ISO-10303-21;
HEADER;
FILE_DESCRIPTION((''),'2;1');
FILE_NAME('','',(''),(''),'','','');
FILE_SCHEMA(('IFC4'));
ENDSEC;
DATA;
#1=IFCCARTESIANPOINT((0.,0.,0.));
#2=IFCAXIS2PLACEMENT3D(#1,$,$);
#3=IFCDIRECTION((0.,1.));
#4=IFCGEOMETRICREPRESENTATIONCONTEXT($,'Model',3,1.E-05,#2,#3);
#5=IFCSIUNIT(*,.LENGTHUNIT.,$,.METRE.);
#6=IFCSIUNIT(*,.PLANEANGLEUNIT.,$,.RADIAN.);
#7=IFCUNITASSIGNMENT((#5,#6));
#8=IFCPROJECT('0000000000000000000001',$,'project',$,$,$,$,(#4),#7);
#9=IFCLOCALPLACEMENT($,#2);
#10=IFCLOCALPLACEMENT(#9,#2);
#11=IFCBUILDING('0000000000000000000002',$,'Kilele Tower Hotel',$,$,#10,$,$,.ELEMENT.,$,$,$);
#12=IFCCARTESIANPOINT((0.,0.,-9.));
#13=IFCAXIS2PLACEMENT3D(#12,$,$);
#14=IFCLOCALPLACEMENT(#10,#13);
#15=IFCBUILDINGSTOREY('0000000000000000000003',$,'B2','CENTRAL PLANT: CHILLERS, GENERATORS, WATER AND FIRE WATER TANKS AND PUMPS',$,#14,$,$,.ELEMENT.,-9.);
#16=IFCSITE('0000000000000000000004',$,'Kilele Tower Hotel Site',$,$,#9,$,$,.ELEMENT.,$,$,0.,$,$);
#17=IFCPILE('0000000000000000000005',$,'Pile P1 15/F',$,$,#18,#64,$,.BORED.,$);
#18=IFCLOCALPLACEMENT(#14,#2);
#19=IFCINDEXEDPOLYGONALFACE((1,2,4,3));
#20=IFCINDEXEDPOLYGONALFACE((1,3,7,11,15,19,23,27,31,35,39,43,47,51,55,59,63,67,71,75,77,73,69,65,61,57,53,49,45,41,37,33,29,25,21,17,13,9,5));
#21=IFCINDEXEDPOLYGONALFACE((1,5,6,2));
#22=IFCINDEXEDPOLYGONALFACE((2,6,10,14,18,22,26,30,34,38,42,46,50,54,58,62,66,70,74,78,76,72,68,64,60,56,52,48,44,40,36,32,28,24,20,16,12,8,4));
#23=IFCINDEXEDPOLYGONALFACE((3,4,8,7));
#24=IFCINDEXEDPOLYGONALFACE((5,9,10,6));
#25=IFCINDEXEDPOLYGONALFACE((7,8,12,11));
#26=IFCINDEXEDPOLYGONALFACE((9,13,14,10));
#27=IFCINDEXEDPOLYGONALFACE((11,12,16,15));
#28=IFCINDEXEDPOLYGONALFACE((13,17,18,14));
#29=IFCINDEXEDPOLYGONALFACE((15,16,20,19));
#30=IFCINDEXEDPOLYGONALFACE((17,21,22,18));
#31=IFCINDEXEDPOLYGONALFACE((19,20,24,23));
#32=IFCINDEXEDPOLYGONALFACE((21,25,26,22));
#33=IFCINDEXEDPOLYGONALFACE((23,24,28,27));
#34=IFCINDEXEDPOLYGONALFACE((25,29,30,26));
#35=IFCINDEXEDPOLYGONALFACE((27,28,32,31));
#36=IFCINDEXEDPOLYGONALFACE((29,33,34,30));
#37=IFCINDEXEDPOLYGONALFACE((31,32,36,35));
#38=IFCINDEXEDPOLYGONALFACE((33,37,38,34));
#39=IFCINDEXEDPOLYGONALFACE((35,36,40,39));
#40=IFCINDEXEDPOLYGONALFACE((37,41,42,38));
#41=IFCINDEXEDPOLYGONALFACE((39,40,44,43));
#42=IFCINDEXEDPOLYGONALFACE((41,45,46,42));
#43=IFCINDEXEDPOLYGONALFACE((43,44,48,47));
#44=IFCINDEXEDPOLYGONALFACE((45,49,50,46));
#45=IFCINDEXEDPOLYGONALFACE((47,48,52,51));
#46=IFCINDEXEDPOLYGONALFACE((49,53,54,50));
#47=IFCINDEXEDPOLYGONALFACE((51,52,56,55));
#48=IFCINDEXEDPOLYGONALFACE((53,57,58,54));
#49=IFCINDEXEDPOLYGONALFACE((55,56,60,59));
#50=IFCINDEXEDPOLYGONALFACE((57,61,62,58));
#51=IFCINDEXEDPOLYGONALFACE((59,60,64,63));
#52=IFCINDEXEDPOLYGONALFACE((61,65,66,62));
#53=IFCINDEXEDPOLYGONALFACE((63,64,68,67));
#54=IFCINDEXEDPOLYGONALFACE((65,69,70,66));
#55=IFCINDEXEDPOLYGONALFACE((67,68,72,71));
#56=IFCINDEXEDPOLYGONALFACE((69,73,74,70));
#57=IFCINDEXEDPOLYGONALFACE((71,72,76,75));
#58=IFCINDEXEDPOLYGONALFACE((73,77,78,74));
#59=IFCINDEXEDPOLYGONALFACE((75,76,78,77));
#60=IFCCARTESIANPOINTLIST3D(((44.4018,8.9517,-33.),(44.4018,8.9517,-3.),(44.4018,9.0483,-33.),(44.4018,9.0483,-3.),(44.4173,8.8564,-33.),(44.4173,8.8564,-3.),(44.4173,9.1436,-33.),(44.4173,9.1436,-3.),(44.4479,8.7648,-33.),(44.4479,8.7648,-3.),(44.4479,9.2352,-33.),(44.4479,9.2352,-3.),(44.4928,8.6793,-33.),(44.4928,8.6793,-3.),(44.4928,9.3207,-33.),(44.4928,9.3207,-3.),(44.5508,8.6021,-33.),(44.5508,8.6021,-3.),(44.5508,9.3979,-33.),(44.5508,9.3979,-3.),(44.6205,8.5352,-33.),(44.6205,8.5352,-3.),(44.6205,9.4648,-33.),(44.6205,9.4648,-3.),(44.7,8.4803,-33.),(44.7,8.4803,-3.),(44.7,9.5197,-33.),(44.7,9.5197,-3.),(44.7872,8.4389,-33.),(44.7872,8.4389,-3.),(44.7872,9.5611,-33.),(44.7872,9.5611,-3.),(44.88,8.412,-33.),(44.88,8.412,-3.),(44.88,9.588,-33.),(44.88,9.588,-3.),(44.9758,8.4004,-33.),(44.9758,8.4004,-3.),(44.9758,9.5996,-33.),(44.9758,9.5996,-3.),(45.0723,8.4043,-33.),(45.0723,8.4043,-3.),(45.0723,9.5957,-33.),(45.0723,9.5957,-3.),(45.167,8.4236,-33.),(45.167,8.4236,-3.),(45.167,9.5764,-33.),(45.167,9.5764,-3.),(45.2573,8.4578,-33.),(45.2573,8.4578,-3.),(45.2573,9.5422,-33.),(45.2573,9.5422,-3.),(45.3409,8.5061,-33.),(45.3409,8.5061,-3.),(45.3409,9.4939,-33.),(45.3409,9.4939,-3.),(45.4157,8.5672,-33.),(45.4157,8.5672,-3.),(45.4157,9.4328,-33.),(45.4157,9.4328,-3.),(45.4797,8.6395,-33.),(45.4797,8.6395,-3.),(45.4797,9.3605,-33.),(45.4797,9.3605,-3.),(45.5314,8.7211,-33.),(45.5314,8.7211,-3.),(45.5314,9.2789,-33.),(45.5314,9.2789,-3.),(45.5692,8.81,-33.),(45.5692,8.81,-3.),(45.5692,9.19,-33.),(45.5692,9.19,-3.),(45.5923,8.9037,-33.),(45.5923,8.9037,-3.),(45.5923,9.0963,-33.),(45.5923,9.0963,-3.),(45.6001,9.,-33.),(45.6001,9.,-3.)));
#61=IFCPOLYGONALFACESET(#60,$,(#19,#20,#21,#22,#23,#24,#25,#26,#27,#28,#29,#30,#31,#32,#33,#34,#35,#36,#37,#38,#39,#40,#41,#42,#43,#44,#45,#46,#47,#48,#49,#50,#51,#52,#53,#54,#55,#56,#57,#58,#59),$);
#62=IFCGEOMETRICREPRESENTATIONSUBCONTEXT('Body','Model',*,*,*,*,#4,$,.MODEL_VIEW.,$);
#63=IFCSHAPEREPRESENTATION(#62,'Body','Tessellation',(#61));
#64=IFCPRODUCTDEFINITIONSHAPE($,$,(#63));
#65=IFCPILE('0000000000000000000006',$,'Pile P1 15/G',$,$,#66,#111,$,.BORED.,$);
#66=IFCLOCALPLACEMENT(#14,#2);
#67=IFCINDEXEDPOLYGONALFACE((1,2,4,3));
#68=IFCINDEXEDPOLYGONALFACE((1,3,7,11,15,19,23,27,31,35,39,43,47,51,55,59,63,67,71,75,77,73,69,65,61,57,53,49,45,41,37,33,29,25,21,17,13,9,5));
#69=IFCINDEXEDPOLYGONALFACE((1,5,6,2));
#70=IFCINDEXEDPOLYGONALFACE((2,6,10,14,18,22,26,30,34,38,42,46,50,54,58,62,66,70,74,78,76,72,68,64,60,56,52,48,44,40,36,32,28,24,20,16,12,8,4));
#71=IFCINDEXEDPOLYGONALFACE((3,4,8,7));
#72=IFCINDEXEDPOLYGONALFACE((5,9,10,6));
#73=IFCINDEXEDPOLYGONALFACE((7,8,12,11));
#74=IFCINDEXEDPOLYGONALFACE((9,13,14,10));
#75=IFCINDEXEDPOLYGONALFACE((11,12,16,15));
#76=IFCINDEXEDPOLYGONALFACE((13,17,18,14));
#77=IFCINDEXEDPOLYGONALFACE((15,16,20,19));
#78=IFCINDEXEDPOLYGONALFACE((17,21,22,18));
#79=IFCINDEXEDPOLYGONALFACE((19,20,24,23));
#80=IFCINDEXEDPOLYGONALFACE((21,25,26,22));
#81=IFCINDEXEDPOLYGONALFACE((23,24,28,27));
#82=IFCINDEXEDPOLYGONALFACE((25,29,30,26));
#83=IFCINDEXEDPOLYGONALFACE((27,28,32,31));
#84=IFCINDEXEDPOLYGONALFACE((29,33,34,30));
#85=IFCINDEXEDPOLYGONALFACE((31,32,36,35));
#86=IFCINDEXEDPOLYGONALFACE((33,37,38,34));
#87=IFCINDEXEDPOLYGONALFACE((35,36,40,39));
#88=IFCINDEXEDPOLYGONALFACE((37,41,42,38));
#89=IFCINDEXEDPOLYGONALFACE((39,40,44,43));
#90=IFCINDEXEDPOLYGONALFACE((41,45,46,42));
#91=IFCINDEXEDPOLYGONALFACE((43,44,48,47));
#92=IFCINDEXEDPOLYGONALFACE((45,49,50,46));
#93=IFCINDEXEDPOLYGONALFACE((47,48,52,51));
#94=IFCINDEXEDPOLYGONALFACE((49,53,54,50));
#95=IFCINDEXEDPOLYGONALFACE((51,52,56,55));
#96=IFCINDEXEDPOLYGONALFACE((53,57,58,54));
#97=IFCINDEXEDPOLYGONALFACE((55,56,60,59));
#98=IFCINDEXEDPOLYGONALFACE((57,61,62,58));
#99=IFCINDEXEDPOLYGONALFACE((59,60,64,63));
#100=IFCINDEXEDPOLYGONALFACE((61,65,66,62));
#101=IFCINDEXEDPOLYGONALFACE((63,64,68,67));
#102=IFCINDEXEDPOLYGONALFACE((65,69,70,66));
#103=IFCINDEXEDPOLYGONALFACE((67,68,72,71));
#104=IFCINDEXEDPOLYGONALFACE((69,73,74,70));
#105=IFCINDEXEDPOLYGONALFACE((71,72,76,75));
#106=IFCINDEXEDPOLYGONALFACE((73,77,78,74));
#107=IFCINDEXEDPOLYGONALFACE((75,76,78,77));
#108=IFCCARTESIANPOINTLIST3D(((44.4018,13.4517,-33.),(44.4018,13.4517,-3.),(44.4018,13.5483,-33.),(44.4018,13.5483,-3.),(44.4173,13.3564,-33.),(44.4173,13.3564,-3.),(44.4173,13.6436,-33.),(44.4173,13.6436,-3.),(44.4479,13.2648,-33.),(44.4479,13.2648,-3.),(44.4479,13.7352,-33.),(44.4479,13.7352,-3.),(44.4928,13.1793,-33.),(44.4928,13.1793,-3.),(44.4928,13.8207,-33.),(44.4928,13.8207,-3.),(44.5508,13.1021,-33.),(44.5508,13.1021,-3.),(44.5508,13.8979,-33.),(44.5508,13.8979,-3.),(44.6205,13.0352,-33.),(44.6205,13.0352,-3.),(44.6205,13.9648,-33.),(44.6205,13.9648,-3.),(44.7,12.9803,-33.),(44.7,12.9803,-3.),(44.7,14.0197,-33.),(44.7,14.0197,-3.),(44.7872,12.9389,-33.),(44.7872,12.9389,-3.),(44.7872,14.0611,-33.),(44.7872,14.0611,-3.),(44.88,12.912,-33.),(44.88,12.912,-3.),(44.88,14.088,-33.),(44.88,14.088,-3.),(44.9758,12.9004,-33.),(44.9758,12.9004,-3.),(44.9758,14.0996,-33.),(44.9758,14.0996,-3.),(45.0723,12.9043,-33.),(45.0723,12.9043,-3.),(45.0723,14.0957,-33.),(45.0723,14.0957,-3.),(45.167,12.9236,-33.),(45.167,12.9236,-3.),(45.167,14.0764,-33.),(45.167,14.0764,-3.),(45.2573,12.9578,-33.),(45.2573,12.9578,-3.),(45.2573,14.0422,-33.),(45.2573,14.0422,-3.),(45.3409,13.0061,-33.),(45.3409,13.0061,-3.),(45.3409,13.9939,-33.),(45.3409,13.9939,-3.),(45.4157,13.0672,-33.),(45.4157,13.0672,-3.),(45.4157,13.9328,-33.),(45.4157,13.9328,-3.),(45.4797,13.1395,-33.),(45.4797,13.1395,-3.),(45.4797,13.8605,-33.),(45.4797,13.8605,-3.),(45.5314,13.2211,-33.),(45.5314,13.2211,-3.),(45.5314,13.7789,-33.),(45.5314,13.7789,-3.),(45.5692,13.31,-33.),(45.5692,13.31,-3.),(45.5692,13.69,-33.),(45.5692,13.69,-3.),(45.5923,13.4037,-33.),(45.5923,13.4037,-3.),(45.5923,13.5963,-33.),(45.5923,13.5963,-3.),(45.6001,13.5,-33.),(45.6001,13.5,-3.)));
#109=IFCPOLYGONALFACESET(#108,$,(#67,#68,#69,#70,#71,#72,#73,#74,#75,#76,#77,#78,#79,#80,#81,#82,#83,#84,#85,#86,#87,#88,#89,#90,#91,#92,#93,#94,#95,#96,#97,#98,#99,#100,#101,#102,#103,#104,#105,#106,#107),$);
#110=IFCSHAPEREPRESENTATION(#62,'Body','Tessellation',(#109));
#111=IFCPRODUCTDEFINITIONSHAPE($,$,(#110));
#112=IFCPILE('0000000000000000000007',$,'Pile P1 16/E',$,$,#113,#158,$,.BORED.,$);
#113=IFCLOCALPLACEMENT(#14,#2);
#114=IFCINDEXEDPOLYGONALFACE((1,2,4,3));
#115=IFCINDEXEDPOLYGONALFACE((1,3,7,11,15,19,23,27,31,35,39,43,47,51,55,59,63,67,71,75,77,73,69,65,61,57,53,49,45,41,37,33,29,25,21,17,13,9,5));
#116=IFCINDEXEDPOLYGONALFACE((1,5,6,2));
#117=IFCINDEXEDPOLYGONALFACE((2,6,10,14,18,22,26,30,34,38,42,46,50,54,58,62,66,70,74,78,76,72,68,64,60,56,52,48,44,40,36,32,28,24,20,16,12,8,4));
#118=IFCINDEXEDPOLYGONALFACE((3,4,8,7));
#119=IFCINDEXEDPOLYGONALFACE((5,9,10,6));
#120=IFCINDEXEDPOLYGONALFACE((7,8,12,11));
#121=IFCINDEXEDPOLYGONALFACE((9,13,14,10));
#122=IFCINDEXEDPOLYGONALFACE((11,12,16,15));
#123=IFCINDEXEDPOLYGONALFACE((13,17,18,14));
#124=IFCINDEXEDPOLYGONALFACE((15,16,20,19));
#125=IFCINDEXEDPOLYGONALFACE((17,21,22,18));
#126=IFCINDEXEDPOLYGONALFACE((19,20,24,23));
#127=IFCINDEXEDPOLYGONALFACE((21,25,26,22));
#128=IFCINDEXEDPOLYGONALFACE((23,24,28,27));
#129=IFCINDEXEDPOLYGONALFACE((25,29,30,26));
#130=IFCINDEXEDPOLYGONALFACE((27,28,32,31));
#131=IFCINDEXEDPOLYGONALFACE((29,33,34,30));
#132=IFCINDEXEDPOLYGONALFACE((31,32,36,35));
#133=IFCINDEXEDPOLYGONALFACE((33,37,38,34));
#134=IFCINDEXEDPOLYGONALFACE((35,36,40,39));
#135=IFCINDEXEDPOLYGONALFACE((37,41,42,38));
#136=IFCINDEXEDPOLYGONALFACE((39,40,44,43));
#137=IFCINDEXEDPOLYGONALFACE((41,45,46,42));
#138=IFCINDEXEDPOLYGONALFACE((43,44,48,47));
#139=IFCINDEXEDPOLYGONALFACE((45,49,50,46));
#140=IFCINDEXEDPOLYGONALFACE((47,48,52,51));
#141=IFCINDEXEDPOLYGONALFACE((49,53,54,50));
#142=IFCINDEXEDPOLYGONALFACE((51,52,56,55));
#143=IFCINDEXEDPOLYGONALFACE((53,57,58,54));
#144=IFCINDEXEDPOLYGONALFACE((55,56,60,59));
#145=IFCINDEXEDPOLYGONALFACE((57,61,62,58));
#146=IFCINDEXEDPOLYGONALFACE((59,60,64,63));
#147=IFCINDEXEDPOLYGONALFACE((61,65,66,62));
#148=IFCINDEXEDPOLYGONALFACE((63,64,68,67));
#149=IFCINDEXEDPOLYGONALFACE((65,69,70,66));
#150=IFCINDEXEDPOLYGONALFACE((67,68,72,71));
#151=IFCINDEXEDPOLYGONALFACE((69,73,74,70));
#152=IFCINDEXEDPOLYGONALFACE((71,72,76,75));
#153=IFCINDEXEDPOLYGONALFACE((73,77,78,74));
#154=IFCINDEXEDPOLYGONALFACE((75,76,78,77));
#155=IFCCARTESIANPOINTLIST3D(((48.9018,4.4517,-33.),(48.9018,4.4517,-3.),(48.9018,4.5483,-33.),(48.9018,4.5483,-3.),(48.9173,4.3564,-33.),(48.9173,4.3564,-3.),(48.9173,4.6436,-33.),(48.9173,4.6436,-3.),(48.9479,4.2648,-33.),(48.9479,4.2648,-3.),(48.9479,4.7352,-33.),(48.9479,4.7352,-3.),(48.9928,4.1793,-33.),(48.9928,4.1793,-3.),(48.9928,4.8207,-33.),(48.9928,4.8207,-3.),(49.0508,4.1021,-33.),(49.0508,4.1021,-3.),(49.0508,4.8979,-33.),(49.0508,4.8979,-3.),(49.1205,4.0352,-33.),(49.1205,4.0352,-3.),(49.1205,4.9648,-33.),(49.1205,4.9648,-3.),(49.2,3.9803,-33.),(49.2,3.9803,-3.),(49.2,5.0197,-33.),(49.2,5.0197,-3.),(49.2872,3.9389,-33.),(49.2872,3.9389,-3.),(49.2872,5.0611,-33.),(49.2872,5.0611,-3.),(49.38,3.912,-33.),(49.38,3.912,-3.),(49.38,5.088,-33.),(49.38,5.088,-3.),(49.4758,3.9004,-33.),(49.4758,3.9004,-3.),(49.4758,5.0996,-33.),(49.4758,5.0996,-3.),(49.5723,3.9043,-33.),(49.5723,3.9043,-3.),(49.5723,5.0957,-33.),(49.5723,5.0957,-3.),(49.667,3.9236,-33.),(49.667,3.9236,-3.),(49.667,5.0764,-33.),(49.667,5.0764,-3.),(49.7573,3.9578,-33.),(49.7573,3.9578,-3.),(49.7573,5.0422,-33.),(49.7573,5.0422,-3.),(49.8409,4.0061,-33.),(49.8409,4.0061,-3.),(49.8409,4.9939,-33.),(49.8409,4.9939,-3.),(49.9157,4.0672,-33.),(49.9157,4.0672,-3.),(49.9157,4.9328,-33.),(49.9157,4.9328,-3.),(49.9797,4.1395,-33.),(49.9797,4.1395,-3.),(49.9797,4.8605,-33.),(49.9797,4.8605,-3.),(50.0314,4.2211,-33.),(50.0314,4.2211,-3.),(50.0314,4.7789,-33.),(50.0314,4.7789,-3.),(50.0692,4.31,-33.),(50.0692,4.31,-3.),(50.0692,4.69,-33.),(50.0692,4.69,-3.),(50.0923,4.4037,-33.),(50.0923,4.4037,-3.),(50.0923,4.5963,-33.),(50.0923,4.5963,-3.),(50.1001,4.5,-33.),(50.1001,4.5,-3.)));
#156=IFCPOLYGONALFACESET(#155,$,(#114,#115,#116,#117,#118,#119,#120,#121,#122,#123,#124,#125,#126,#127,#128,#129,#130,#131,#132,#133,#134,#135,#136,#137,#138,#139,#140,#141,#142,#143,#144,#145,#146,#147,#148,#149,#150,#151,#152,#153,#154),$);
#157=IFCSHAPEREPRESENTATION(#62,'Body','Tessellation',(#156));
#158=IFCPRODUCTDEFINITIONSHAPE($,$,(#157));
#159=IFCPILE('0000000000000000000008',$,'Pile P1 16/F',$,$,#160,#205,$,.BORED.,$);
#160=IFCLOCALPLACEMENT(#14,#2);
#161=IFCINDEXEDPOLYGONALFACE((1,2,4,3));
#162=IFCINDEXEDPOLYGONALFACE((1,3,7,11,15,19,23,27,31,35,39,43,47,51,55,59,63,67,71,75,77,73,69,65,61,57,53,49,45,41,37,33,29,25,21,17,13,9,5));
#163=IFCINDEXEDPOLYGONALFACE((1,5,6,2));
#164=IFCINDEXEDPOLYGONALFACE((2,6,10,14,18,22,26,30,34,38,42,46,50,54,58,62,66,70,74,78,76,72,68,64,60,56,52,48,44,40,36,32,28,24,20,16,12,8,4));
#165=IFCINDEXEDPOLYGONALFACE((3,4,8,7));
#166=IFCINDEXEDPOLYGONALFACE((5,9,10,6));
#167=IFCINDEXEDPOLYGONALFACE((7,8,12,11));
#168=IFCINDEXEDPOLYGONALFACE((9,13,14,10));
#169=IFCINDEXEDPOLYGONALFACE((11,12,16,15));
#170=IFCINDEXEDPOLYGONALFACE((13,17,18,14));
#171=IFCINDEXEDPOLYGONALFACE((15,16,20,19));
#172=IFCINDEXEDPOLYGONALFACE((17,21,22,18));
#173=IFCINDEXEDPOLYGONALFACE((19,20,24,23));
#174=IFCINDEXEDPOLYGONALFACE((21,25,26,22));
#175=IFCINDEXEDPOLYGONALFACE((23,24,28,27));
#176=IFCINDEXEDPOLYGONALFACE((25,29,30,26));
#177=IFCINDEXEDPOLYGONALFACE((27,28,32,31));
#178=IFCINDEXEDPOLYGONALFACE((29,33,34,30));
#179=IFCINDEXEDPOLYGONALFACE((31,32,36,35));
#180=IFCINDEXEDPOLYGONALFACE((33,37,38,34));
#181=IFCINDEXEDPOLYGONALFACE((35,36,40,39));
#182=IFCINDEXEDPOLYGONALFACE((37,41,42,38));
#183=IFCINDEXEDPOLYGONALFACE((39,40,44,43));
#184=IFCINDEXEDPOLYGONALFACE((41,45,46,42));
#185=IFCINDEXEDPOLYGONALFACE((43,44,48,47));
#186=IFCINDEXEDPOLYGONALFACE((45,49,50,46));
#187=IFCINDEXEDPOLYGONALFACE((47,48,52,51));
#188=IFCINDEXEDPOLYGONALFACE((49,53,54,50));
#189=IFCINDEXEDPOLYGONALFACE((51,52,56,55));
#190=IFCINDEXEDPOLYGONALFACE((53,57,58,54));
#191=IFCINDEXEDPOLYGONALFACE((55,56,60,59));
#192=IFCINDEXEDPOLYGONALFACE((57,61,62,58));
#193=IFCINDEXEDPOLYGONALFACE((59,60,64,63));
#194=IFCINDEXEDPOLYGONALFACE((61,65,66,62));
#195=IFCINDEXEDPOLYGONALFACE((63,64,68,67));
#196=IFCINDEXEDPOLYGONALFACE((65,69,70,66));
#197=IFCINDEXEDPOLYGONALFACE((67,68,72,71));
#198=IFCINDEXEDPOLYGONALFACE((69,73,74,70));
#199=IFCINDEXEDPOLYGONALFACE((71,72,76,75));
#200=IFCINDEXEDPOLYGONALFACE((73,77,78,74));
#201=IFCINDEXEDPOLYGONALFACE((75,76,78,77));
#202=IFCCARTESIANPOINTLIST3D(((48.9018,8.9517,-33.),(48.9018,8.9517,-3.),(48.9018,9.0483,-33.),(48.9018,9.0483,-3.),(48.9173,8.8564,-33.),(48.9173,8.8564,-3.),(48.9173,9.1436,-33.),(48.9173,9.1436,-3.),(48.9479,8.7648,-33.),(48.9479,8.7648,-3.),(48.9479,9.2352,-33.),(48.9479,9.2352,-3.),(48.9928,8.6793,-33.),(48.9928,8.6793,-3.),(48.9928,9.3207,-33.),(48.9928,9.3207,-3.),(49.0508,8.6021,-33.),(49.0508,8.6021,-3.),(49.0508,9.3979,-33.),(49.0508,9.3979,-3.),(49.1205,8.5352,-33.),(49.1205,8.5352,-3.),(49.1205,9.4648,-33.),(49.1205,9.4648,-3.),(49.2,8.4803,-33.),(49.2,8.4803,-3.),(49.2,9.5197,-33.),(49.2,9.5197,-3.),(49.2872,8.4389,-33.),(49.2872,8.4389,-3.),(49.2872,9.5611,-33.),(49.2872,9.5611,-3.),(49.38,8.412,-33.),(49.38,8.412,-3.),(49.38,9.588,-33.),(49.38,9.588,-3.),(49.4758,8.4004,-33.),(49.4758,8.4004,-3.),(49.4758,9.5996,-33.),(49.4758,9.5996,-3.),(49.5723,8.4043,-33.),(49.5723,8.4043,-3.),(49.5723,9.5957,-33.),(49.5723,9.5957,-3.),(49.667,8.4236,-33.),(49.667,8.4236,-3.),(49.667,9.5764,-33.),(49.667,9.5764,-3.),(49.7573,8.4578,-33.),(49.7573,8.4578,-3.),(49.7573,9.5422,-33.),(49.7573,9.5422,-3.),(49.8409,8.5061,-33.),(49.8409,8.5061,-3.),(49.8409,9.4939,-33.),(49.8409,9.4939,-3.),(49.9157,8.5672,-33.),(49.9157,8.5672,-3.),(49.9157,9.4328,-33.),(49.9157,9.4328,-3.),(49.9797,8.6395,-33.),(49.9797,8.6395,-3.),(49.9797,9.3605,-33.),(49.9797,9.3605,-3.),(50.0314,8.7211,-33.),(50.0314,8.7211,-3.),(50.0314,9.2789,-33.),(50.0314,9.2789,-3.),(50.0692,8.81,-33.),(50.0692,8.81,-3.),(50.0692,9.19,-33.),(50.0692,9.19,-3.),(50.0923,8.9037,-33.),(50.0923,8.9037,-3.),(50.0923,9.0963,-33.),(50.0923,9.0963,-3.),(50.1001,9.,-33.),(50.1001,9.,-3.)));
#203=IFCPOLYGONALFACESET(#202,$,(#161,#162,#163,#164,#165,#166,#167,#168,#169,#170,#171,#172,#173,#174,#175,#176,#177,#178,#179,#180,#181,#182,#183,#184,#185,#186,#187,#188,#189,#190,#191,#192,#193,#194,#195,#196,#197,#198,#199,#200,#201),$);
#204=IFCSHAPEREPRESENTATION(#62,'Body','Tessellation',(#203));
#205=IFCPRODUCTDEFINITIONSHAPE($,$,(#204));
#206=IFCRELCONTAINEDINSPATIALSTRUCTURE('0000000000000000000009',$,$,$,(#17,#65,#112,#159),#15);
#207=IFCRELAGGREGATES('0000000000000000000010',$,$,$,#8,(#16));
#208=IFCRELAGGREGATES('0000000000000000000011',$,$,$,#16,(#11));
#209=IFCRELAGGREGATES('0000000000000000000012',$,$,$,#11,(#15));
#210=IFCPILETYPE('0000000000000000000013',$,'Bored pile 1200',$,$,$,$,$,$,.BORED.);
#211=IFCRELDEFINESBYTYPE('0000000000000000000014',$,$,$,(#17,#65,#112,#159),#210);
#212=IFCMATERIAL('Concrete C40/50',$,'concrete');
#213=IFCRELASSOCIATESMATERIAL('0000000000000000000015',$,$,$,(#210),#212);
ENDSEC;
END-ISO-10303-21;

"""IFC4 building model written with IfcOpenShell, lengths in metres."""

from ifc_helpers import new_model, si_unit, direction, frame, origin, origin_2d, place, context, subcontext, project, spatial, circle, extrude, material, material_profile, profile_set, type_object, element, save


model = new_model("IFC4")

# Units and contexts
model_context = context("Model", 3, precision=1e-05, world=origin(), true_north=direction((0.0, 1.0)))
body_context = subcontext(model_context, "Body", "Model", "MODEL_VIEW")
ifc_project = project(units=[si_unit("LENGTHUNIT", "METRE"), si_unit("PLANEANGLEUNIT", "RADIAN")], contexts=[model_context])

# Site, building, storey
site_placement = place(None, origin())
site = spatial("IfcSite", under=ifc_project, at=site_placement, Name="Kilele Tower Hotel Site", CompositionType="ELEMENT", RefElevation=0.0)
building_placement = place(site_placement, origin())
building = spatial("IfcBuilding", under=site, at=building_placement, Name="Kilele Tower Hotel", CompositionType="ELEMENT")
storey_placement = place(building_placement, frame((0.0, 0.0, -9.0)))
storey = spatial("IfcBuildingStorey", under=building, at=storey_placement, Name="B2", Description="CENTRAL PLANT: CHILLERS, GENERATORS, WATER AND FIRE WATER TANKS AND PUMPS", CompositionType="ELEMENT", Elevation=-9.0)

# Piles
ifc_material_1 = material(Name="Concrete C40/50", Category="concrete")
ifc_material_profile_1 = material_profile(ifc_material_1, circle(Radius=0.6001, at=origin_2d()))
ifc_profile_set_1 = profile_set([ifc_material_profile_1], Name="Concrete C40/50")
pile_type = type_object("IfcPileType", Name="Bored pile 1200", PredefinedType="BORED", material=ifc_profile_set_1)
for number, where, z_axis, x_axis, name in (
    (1, (45.0, 9.0, -3.0), (0.0, 0.0, -1.0), (1.0, 0.0, 0.0), "Pile P1 15/F"),
    (2, (45.0, 13.5, -3.0), (0.0, 0.0, -1.0), (1.0, 0.0, 0.0), "Pile P1 15/G"),
    (3, (49.5, 4.5, -3.0), (0.0, 0.0, -1.0), (1.0, 0.0, 0.0), "Pile P1 16/E"),
    (4, (49.5, 9.0, -3.0), (0.0, 0.0, -1.0), (1.0, 0.0, 0.0), "Pile P1 16/F"),
):
    element("IfcPile", number, at=place(storey_placement, frame(where, z_axis=z_axis, x_axis=x_axis)), inside=storey, type_object=pile_type, Name=name, PredefinedType="BORED", context=body_context, shape_type="SweptSolid", body=[
        extrude(circle(Radius=0.6001, at=origin_2d()), origin(), (0.0, 0.0, 1.0), 30.0),
    ])

save(model, "model.ifc")
